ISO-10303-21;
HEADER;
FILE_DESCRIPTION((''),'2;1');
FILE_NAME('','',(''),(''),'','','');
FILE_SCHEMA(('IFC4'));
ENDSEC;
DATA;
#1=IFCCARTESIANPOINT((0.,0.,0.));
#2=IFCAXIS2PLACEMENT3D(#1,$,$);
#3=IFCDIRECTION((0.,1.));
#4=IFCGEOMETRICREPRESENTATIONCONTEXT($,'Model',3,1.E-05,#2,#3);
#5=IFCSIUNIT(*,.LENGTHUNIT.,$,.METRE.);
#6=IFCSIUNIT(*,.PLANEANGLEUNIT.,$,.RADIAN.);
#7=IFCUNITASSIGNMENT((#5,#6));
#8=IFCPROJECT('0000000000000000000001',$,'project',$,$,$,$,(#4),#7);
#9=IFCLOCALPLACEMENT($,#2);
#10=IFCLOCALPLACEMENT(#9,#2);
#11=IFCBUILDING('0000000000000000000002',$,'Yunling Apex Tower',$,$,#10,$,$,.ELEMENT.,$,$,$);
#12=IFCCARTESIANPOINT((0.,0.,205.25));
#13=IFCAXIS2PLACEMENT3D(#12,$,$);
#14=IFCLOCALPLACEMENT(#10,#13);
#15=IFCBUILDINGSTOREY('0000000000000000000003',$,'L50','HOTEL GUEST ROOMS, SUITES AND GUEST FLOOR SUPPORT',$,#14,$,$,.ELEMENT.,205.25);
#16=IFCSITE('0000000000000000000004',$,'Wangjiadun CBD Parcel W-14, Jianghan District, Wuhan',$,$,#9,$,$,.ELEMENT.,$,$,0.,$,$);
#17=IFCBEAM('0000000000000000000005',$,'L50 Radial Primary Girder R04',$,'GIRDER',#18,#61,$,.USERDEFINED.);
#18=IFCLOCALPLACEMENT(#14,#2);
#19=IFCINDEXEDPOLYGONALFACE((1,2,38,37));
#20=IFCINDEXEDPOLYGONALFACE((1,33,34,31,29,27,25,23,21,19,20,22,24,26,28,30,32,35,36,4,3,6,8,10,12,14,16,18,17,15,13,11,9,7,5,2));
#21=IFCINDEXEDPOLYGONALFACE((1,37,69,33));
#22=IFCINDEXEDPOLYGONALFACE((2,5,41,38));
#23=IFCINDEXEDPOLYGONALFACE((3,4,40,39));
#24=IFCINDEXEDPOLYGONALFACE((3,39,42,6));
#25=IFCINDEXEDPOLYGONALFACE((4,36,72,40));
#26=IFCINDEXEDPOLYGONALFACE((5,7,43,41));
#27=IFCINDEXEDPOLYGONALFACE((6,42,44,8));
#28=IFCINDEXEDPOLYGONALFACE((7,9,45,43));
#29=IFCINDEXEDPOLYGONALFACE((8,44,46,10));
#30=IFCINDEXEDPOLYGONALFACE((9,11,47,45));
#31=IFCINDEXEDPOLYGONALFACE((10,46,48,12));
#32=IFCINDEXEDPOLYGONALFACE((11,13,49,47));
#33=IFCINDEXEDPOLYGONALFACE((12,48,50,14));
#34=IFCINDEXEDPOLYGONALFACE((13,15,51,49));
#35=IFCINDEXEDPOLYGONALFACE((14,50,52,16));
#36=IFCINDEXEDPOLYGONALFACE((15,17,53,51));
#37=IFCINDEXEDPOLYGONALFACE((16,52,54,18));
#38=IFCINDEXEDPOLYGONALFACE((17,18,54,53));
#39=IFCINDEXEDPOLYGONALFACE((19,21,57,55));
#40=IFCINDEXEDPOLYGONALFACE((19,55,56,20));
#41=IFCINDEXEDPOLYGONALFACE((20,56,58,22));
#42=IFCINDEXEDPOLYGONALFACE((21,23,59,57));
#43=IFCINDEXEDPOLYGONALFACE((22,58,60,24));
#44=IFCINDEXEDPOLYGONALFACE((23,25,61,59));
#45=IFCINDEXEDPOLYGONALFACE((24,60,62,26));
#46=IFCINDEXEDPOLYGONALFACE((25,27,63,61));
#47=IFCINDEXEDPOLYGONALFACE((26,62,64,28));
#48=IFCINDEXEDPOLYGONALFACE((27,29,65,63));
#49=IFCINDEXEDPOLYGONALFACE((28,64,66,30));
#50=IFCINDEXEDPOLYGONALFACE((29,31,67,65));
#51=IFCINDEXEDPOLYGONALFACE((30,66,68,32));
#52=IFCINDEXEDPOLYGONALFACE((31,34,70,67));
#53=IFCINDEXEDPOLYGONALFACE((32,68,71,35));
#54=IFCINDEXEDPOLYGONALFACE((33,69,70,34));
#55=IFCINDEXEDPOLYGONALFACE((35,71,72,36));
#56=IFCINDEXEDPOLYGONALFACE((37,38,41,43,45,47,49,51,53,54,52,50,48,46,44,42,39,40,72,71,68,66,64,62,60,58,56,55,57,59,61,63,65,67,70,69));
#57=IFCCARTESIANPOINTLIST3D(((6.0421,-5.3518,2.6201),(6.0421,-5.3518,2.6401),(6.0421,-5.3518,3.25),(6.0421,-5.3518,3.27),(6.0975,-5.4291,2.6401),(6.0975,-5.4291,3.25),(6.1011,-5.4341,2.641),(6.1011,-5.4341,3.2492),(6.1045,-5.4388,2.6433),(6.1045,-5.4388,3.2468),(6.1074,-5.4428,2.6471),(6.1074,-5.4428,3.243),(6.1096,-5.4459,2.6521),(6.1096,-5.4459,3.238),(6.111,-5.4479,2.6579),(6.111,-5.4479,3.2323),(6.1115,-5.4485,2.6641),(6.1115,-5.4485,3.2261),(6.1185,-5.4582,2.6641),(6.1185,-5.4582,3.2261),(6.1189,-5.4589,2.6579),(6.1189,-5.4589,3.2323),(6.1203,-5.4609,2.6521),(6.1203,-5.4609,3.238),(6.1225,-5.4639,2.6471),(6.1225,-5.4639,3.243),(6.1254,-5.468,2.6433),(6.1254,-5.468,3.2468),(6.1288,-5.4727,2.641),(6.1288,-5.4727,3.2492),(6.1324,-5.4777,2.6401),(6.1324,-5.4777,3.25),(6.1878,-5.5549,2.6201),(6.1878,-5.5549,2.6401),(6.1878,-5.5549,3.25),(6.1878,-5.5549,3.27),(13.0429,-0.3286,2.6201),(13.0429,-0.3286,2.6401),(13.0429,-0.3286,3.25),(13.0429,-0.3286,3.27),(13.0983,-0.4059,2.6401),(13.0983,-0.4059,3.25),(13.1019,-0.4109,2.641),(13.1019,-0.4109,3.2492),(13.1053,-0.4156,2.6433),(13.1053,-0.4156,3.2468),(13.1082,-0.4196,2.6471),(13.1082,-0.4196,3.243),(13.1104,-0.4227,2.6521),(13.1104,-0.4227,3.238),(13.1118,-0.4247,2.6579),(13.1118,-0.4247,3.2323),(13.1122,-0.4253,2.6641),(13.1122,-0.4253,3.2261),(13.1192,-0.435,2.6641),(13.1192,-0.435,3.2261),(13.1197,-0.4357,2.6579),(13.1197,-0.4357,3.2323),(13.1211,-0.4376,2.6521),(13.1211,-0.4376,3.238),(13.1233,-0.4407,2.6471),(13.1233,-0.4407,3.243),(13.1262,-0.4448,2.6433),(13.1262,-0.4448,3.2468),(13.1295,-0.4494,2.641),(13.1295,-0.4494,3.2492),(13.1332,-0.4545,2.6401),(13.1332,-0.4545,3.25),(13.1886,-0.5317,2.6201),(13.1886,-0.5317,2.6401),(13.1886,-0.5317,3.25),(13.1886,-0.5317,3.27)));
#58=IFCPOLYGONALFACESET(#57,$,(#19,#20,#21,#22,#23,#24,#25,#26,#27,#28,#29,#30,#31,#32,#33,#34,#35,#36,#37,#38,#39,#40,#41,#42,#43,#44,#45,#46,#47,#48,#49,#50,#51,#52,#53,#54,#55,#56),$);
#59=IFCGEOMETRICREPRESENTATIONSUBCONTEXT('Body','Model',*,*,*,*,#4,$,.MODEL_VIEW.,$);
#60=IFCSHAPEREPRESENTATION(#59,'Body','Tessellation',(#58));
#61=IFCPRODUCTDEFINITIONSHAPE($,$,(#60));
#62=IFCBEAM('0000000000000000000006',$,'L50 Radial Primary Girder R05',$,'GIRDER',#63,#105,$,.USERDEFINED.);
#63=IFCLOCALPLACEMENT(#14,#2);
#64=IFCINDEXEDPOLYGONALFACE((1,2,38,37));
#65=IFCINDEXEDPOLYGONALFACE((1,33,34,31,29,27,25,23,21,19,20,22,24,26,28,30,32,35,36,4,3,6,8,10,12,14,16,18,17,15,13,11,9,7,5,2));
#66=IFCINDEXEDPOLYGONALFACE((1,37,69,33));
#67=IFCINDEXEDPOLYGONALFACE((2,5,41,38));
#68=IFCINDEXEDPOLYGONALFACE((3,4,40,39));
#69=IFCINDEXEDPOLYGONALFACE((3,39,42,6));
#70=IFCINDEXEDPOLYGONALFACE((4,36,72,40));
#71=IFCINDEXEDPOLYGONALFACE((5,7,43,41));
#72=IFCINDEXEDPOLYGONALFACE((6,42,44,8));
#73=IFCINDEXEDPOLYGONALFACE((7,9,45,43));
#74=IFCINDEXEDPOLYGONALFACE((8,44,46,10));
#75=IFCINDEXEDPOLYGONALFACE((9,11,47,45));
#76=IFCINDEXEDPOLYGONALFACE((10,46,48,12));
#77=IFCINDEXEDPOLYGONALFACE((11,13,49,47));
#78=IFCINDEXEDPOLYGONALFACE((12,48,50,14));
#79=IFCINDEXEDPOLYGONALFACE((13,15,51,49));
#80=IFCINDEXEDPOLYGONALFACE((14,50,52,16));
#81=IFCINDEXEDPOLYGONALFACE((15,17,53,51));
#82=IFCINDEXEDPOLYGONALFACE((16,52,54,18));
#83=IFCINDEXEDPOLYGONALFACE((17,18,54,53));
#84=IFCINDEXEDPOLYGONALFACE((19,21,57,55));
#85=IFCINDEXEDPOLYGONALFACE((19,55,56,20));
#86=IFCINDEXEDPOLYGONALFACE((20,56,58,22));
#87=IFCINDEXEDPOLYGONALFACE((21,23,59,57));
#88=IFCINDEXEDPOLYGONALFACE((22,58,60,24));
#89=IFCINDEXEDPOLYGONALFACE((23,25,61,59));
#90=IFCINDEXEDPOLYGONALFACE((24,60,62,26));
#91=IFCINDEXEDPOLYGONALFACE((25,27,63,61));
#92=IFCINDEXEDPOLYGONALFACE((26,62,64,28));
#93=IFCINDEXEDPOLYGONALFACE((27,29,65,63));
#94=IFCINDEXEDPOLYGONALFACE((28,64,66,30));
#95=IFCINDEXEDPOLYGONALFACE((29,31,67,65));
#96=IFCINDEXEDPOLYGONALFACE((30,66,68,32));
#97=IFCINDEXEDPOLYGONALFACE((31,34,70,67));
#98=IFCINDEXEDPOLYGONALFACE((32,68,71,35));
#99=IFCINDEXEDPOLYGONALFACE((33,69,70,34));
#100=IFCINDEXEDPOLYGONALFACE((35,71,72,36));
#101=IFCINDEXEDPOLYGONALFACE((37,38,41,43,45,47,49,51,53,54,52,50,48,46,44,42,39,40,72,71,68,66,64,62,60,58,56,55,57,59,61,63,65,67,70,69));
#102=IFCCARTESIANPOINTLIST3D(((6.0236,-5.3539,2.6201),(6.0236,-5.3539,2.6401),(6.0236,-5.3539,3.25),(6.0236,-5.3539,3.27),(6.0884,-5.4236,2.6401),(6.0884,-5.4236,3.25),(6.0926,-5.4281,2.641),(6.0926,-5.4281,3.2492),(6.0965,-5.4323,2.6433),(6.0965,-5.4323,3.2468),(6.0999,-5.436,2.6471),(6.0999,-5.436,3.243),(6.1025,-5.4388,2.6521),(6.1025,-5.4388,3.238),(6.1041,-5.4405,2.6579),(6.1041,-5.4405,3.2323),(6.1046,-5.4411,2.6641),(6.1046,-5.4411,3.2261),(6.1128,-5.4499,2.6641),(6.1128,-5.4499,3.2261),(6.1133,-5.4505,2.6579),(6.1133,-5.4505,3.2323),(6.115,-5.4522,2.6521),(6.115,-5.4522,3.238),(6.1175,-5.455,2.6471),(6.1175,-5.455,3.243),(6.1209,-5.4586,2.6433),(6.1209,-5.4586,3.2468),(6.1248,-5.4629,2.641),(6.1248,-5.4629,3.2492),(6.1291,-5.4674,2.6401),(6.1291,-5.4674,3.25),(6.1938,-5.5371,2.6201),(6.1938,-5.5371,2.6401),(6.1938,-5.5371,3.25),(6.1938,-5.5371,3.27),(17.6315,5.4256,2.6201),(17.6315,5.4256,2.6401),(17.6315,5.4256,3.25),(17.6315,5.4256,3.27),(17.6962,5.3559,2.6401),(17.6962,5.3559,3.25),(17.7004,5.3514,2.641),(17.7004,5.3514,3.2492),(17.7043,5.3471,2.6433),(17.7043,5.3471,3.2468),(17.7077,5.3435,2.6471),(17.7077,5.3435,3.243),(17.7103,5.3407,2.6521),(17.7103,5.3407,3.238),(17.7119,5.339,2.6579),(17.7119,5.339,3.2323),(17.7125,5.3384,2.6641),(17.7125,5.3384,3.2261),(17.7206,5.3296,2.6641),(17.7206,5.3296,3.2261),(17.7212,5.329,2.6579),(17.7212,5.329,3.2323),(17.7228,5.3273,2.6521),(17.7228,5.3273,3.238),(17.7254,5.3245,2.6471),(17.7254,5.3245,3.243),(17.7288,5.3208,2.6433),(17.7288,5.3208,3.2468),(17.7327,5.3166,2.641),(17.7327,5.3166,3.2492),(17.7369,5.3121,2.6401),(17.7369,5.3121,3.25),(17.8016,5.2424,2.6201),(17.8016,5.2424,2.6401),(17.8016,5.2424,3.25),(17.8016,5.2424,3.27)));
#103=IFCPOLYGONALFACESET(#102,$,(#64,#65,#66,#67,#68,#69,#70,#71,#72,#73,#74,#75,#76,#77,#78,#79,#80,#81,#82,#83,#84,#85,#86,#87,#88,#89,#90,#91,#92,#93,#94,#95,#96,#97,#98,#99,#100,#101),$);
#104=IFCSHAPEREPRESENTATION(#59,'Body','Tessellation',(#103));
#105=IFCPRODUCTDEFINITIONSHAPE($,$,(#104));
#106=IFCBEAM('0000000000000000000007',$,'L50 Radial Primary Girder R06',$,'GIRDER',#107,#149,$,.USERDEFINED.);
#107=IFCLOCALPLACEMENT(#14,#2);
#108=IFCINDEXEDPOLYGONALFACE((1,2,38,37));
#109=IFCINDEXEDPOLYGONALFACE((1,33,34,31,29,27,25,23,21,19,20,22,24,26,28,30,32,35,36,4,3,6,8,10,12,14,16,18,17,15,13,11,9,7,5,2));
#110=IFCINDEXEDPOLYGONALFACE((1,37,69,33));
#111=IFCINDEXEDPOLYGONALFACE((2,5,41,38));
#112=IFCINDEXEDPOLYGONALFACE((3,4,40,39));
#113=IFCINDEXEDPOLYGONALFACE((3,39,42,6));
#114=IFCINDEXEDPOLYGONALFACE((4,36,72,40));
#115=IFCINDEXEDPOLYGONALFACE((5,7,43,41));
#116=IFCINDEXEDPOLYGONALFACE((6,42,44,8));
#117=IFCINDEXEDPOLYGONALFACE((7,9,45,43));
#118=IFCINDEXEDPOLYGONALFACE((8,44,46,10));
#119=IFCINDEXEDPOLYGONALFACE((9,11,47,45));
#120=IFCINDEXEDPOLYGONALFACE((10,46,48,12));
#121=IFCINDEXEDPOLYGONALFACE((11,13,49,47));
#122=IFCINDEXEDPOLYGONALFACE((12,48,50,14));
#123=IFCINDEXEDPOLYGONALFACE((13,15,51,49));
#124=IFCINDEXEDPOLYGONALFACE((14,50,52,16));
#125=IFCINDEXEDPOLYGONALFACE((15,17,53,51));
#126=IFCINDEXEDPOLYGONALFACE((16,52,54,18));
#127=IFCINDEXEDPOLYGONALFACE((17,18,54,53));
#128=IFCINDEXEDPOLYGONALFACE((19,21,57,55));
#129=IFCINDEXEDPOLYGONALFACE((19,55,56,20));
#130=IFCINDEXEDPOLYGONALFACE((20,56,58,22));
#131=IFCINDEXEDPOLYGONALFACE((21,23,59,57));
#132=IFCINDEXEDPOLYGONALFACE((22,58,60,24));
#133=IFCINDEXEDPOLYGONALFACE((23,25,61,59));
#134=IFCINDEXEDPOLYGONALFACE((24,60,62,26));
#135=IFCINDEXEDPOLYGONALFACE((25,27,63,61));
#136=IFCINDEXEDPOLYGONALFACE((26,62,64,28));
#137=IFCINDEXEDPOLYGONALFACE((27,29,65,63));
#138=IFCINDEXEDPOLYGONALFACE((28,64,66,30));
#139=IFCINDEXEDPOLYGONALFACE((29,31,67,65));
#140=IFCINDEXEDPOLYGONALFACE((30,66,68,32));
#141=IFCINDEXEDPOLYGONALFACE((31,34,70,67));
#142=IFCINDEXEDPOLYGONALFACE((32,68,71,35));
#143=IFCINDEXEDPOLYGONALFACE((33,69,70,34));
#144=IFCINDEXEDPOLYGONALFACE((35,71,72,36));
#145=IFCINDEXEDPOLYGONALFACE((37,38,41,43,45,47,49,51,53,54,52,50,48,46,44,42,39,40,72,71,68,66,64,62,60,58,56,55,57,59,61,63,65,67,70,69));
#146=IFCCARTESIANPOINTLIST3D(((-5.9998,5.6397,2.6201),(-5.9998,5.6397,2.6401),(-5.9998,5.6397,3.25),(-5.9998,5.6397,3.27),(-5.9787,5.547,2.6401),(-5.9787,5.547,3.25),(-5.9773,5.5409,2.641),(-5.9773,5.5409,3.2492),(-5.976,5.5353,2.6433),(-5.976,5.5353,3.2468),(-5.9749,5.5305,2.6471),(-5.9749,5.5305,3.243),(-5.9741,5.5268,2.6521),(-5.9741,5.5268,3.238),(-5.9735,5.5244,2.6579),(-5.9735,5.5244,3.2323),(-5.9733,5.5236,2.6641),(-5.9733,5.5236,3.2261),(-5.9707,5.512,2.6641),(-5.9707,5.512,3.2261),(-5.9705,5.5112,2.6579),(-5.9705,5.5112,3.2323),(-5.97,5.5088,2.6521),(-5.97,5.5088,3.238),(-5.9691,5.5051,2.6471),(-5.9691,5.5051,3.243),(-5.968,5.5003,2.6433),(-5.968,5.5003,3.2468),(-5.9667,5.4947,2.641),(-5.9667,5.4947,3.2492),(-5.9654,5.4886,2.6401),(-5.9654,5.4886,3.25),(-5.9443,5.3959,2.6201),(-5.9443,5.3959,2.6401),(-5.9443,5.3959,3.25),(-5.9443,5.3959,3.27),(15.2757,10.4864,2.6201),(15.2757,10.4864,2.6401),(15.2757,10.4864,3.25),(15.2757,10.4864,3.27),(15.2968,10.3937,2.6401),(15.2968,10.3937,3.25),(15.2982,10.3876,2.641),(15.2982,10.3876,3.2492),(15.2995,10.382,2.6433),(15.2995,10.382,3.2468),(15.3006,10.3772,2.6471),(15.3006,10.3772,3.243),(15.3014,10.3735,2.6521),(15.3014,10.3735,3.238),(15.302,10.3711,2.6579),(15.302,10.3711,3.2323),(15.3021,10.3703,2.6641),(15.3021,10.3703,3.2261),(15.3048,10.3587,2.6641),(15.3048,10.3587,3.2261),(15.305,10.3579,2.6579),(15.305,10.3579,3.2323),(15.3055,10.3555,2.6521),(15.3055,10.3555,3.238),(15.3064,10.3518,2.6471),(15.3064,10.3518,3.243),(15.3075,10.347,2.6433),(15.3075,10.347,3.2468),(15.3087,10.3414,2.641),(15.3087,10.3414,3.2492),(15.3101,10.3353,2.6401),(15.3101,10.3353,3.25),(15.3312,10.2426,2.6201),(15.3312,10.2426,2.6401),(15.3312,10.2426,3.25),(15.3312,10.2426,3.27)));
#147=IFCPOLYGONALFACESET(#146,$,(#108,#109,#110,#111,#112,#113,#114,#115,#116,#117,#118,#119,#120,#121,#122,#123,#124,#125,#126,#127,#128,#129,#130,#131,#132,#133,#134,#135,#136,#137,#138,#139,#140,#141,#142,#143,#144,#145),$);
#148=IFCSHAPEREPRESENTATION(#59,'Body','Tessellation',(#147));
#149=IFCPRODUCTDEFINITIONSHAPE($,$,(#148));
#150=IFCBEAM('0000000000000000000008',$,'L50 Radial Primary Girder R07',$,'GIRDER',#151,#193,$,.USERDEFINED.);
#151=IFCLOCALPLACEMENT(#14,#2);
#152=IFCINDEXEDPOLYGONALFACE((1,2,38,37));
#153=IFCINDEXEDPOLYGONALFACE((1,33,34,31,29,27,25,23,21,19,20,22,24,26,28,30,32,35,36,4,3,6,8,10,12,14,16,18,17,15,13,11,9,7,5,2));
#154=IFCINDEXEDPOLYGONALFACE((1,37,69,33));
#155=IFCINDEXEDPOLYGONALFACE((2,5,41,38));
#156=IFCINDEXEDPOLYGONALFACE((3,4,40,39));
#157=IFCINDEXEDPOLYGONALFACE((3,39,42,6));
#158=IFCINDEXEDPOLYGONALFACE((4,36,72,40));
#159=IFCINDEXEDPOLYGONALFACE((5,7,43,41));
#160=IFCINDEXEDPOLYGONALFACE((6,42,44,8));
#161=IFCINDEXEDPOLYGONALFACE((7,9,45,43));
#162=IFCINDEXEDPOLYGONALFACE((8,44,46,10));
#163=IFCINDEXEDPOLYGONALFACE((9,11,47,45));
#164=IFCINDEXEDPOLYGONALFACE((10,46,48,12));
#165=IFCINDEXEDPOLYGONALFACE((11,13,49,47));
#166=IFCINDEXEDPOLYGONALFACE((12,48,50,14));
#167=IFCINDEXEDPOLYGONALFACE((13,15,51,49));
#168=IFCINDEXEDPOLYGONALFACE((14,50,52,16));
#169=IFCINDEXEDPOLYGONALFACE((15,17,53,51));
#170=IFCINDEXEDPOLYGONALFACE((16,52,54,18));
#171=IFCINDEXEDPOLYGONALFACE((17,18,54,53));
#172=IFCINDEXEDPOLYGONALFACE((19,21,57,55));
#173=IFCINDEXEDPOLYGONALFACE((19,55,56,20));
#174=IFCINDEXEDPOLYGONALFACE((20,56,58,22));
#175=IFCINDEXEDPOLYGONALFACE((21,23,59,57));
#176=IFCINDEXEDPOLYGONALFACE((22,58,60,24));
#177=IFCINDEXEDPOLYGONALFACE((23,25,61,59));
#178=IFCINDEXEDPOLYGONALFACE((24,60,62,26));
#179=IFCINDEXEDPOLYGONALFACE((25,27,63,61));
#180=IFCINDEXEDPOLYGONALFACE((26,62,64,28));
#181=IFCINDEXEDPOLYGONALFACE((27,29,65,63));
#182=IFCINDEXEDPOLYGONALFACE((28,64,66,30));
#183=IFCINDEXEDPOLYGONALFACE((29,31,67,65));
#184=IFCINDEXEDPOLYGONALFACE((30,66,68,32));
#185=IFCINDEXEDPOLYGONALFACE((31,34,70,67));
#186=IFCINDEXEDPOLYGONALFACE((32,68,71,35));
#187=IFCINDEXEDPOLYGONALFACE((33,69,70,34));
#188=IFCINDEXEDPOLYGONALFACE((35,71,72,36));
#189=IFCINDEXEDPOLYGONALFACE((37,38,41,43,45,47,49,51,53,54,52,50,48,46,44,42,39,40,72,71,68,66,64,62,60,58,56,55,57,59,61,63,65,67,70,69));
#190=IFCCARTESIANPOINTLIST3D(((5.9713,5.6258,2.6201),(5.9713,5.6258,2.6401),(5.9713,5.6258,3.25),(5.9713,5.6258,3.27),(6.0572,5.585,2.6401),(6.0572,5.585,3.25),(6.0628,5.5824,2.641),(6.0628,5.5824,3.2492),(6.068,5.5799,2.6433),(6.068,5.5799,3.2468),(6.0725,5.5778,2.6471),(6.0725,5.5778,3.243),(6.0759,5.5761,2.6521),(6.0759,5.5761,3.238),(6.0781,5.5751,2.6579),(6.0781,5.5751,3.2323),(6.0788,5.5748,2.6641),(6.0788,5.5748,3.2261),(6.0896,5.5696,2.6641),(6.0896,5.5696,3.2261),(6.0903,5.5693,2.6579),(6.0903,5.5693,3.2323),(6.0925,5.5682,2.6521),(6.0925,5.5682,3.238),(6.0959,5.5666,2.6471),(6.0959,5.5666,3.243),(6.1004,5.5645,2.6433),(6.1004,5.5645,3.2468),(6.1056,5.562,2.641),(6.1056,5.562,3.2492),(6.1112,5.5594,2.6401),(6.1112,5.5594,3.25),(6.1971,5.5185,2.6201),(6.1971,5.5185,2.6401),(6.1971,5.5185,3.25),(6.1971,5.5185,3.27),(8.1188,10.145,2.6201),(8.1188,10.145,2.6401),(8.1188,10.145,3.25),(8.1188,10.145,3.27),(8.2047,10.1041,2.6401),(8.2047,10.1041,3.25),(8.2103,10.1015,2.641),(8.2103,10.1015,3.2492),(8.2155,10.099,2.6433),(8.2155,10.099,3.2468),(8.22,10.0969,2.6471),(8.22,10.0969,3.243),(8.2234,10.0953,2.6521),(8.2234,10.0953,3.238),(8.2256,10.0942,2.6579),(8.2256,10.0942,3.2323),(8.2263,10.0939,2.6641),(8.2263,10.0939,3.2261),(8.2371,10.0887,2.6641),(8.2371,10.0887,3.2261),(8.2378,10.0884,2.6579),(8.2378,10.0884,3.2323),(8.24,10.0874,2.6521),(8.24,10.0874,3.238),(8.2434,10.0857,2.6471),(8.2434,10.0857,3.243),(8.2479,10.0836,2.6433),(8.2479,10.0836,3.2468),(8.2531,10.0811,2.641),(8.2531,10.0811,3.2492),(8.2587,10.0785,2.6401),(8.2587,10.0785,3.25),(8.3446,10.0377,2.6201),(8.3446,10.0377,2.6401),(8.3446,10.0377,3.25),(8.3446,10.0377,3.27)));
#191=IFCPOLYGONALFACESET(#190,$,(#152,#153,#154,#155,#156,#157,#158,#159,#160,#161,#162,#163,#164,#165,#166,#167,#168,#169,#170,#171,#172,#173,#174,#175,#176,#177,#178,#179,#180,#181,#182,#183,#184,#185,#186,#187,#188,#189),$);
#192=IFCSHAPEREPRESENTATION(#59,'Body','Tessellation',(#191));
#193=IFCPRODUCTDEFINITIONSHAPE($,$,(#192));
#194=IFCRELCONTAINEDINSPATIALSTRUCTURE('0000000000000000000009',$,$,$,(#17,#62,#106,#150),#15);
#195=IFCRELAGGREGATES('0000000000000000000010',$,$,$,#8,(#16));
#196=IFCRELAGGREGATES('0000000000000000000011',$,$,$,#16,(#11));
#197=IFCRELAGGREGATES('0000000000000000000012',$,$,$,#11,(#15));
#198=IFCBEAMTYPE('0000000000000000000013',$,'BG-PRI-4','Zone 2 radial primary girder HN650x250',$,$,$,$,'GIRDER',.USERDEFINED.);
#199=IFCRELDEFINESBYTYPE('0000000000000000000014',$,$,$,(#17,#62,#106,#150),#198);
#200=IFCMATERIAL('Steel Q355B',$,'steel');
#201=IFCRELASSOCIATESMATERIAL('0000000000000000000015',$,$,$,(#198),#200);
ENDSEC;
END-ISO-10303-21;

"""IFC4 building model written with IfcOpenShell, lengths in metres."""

from ifc_helpers import new_model, si_unit, direction, frame, origin, origin_2d, place, context, subcontext, project, spatial, i_section, extrude, source, transform, mapped, material, material_profile, profile_set, type_object, element, save


model = new_model("IFC4")

# Units and contexts
model_context = context("Model", 3, precision=1e-05, world=origin(), true_north=direction((0.0, 1.0)))
body_context = subcontext(model_context, "Body", "Model", "MODEL_VIEW")
ifc_project = project(units=[si_unit("LENGTHUNIT", "METRE"), si_unit("PLANEANGLEUNIT", "RADIAN")], contexts=[model_context])

# Site, building, storey
site_placement = place(None, origin())
site = spatial("IfcSite", under=ifc_project, at=site_placement, Name="Wangjiadun CBD Parcel W-14, Jianghan District, Wuhan", CompositionType="ELEMENT", RefElevation=0.0)
building_placement = place(site_placement, origin())
building = spatial("IfcBuilding", under=site, at=building_placement, Name="Yunling Apex Tower", CompositionType="ELEMENT")
storey_placement = place(building_placement, frame((0.0, 0.0, 205.25)))
storey = spatial("IfcBuildingStorey", under=building, at=storey_placement, Name="L50", Description="HOTEL GUEST ROOMS, SUITES AND GUEST FLOOR SUPPORT", CompositionType="ELEMENT", Elevation=205.25)

# Beams
ifc_material_1 = material(Name="Steel Q355B", Category="steel")
ifc_material_profile_1 = material_profile(ifc_material_1, i_section(OverallWidth=0.25, OverallDepth=0.6499, WebThickness=0.012, FlangeThickness=0.02, FilletRadius=0.0239, at=origin_2d()))
ifc_profile_set_1 = profile_set([ifc_material_profile_1], Name="Steel Q355B")
beam_type_1 = type_object("IfcBeamType", Name="BG-PRI-4", Description="Zone 2 radial primary girder HN650x250", ElementType="GIRDER", PredefinedType="USERDEFINED", material=ifc_profile_set_1)
shared_shape_1 = source(origin(), body_context, "Body", "SweptSolid", [
    extrude(i_section(OverallWidth=0.25, OverallDepth=0.6499, WebThickness=0.012, FlangeThickness=0.02, FilletRadius=0.0239, at=origin_2d()), origin(), (0.0, 0.0, 1.0), 8.6165),
])
beam_1_placement = place(storey_placement, frame((13.1157, -0.4302, 2.9451), z_axis=(-0.812487, -0.582979, 0.0), x_axis=(0.582979, -0.812487, 0.0)))
element("IfcBeam", 1, at=beam_1_placement, inside=storey, type_object=beam_type_1, Name="L50 Radial Primary Girder R04", ObjectType="GIRDER", PredefinedType="USERDEFINED", context=body_context, shape_type="MappedRepresentation", body=[
    mapped(shared_shape_1, transform((0.0, 0.0, 0.0), scale=1.0)),
])
shared_shape_2 = source(origin(), body_context, "Body", "SweptSolid", [
    extrude(i_section(OverallWidth=0.25, OverallDepth=0.6499, WebThickness=0.012, FlangeThickness=0.02, FilletRadius=0.0239, at=origin_2d()), origin(), (0.0, 0.0, 1.0), 15.8411),
])
beam_2_placement = place(storey_placement, frame((17.7166, 5.334, 2.9451), z_axis=(-0.732769, -0.680477, 0.0), x_axis=(0.680477, -0.732769, 0.0)))
element("IfcBeam", 2, at=beam_2_placement, inside=storey, type_object=beam_type_1, Name="L50 Radial Primary Girder R05", ObjectType="GIRDER", PredefinedType="USERDEFINED", context=body_context, shape_type="MappedRepresentation", body=[
    mapped(shared_shape_2, transform((0.0, 0.0, 0.0), scale=1.0)),
])
shared_shape_3 = source(origin(), body_context, "Body", "SweptSolid", [
    extrude(i_section(OverallWidth=0.25, OverallDepth=0.6499, WebThickness=0.012, FlangeThickness=0.02, FilletRadius=0.0239, at=origin_2d()), origin(), (0.0, 0.0, 1.0), 21.8206),
])
beam_3_placement = place(storey_placement, frame((15.3035, 10.3645, 2.9451), z_axis=(-0.97502, -0.222116, 0.0), x_axis=(0.222116, -0.97502, 0.0)))
element("IfcBeam", 3, at=beam_3_placement, inside=storey, type_object=beam_type_1, Name="L50 Radial Primary Girder R06", ObjectType="GIRDER", PredefinedType="USERDEFINED", context=body_context, shape_type="MappedRepresentation", body=[
    mapped(shared_shape_3, transform((0.0, 0.0, 0.0), scale=1.0)),
])
shared_shape_4 = source(origin(), body_context, "Body", "SweptSolid", [
    extrude(i_section(OverallWidth=0.25, OverallDepth=0.6499, WebThickness=0.012, FlangeThickness=0.02, FilletRadius=0.0239, at=origin_2d()), origin(), (0.0, 0.0, 1.0), 5.0034),
])
beam_4_placement = place(storey_placement, frame((8.2317, 10.0913, 2.9451), z_axis=(-0.429206, -0.903207, 0.0), x_axis=(0.903207, -0.429206, 0.0)))
element("IfcBeam", 4, at=beam_4_placement, inside=storey, type_object=beam_type_1, Name="L50 Radial Primary Girder R07", ObjectType="GIRDER", PredefinedType="USERDEFINED", context=body_context, shape_type="MappedRepresentation", body=[
    mapped(shared_shape_4, transform((0.0, 0.0, 0.0), scale=1.0)),
])

save(model, "model.ifc")
